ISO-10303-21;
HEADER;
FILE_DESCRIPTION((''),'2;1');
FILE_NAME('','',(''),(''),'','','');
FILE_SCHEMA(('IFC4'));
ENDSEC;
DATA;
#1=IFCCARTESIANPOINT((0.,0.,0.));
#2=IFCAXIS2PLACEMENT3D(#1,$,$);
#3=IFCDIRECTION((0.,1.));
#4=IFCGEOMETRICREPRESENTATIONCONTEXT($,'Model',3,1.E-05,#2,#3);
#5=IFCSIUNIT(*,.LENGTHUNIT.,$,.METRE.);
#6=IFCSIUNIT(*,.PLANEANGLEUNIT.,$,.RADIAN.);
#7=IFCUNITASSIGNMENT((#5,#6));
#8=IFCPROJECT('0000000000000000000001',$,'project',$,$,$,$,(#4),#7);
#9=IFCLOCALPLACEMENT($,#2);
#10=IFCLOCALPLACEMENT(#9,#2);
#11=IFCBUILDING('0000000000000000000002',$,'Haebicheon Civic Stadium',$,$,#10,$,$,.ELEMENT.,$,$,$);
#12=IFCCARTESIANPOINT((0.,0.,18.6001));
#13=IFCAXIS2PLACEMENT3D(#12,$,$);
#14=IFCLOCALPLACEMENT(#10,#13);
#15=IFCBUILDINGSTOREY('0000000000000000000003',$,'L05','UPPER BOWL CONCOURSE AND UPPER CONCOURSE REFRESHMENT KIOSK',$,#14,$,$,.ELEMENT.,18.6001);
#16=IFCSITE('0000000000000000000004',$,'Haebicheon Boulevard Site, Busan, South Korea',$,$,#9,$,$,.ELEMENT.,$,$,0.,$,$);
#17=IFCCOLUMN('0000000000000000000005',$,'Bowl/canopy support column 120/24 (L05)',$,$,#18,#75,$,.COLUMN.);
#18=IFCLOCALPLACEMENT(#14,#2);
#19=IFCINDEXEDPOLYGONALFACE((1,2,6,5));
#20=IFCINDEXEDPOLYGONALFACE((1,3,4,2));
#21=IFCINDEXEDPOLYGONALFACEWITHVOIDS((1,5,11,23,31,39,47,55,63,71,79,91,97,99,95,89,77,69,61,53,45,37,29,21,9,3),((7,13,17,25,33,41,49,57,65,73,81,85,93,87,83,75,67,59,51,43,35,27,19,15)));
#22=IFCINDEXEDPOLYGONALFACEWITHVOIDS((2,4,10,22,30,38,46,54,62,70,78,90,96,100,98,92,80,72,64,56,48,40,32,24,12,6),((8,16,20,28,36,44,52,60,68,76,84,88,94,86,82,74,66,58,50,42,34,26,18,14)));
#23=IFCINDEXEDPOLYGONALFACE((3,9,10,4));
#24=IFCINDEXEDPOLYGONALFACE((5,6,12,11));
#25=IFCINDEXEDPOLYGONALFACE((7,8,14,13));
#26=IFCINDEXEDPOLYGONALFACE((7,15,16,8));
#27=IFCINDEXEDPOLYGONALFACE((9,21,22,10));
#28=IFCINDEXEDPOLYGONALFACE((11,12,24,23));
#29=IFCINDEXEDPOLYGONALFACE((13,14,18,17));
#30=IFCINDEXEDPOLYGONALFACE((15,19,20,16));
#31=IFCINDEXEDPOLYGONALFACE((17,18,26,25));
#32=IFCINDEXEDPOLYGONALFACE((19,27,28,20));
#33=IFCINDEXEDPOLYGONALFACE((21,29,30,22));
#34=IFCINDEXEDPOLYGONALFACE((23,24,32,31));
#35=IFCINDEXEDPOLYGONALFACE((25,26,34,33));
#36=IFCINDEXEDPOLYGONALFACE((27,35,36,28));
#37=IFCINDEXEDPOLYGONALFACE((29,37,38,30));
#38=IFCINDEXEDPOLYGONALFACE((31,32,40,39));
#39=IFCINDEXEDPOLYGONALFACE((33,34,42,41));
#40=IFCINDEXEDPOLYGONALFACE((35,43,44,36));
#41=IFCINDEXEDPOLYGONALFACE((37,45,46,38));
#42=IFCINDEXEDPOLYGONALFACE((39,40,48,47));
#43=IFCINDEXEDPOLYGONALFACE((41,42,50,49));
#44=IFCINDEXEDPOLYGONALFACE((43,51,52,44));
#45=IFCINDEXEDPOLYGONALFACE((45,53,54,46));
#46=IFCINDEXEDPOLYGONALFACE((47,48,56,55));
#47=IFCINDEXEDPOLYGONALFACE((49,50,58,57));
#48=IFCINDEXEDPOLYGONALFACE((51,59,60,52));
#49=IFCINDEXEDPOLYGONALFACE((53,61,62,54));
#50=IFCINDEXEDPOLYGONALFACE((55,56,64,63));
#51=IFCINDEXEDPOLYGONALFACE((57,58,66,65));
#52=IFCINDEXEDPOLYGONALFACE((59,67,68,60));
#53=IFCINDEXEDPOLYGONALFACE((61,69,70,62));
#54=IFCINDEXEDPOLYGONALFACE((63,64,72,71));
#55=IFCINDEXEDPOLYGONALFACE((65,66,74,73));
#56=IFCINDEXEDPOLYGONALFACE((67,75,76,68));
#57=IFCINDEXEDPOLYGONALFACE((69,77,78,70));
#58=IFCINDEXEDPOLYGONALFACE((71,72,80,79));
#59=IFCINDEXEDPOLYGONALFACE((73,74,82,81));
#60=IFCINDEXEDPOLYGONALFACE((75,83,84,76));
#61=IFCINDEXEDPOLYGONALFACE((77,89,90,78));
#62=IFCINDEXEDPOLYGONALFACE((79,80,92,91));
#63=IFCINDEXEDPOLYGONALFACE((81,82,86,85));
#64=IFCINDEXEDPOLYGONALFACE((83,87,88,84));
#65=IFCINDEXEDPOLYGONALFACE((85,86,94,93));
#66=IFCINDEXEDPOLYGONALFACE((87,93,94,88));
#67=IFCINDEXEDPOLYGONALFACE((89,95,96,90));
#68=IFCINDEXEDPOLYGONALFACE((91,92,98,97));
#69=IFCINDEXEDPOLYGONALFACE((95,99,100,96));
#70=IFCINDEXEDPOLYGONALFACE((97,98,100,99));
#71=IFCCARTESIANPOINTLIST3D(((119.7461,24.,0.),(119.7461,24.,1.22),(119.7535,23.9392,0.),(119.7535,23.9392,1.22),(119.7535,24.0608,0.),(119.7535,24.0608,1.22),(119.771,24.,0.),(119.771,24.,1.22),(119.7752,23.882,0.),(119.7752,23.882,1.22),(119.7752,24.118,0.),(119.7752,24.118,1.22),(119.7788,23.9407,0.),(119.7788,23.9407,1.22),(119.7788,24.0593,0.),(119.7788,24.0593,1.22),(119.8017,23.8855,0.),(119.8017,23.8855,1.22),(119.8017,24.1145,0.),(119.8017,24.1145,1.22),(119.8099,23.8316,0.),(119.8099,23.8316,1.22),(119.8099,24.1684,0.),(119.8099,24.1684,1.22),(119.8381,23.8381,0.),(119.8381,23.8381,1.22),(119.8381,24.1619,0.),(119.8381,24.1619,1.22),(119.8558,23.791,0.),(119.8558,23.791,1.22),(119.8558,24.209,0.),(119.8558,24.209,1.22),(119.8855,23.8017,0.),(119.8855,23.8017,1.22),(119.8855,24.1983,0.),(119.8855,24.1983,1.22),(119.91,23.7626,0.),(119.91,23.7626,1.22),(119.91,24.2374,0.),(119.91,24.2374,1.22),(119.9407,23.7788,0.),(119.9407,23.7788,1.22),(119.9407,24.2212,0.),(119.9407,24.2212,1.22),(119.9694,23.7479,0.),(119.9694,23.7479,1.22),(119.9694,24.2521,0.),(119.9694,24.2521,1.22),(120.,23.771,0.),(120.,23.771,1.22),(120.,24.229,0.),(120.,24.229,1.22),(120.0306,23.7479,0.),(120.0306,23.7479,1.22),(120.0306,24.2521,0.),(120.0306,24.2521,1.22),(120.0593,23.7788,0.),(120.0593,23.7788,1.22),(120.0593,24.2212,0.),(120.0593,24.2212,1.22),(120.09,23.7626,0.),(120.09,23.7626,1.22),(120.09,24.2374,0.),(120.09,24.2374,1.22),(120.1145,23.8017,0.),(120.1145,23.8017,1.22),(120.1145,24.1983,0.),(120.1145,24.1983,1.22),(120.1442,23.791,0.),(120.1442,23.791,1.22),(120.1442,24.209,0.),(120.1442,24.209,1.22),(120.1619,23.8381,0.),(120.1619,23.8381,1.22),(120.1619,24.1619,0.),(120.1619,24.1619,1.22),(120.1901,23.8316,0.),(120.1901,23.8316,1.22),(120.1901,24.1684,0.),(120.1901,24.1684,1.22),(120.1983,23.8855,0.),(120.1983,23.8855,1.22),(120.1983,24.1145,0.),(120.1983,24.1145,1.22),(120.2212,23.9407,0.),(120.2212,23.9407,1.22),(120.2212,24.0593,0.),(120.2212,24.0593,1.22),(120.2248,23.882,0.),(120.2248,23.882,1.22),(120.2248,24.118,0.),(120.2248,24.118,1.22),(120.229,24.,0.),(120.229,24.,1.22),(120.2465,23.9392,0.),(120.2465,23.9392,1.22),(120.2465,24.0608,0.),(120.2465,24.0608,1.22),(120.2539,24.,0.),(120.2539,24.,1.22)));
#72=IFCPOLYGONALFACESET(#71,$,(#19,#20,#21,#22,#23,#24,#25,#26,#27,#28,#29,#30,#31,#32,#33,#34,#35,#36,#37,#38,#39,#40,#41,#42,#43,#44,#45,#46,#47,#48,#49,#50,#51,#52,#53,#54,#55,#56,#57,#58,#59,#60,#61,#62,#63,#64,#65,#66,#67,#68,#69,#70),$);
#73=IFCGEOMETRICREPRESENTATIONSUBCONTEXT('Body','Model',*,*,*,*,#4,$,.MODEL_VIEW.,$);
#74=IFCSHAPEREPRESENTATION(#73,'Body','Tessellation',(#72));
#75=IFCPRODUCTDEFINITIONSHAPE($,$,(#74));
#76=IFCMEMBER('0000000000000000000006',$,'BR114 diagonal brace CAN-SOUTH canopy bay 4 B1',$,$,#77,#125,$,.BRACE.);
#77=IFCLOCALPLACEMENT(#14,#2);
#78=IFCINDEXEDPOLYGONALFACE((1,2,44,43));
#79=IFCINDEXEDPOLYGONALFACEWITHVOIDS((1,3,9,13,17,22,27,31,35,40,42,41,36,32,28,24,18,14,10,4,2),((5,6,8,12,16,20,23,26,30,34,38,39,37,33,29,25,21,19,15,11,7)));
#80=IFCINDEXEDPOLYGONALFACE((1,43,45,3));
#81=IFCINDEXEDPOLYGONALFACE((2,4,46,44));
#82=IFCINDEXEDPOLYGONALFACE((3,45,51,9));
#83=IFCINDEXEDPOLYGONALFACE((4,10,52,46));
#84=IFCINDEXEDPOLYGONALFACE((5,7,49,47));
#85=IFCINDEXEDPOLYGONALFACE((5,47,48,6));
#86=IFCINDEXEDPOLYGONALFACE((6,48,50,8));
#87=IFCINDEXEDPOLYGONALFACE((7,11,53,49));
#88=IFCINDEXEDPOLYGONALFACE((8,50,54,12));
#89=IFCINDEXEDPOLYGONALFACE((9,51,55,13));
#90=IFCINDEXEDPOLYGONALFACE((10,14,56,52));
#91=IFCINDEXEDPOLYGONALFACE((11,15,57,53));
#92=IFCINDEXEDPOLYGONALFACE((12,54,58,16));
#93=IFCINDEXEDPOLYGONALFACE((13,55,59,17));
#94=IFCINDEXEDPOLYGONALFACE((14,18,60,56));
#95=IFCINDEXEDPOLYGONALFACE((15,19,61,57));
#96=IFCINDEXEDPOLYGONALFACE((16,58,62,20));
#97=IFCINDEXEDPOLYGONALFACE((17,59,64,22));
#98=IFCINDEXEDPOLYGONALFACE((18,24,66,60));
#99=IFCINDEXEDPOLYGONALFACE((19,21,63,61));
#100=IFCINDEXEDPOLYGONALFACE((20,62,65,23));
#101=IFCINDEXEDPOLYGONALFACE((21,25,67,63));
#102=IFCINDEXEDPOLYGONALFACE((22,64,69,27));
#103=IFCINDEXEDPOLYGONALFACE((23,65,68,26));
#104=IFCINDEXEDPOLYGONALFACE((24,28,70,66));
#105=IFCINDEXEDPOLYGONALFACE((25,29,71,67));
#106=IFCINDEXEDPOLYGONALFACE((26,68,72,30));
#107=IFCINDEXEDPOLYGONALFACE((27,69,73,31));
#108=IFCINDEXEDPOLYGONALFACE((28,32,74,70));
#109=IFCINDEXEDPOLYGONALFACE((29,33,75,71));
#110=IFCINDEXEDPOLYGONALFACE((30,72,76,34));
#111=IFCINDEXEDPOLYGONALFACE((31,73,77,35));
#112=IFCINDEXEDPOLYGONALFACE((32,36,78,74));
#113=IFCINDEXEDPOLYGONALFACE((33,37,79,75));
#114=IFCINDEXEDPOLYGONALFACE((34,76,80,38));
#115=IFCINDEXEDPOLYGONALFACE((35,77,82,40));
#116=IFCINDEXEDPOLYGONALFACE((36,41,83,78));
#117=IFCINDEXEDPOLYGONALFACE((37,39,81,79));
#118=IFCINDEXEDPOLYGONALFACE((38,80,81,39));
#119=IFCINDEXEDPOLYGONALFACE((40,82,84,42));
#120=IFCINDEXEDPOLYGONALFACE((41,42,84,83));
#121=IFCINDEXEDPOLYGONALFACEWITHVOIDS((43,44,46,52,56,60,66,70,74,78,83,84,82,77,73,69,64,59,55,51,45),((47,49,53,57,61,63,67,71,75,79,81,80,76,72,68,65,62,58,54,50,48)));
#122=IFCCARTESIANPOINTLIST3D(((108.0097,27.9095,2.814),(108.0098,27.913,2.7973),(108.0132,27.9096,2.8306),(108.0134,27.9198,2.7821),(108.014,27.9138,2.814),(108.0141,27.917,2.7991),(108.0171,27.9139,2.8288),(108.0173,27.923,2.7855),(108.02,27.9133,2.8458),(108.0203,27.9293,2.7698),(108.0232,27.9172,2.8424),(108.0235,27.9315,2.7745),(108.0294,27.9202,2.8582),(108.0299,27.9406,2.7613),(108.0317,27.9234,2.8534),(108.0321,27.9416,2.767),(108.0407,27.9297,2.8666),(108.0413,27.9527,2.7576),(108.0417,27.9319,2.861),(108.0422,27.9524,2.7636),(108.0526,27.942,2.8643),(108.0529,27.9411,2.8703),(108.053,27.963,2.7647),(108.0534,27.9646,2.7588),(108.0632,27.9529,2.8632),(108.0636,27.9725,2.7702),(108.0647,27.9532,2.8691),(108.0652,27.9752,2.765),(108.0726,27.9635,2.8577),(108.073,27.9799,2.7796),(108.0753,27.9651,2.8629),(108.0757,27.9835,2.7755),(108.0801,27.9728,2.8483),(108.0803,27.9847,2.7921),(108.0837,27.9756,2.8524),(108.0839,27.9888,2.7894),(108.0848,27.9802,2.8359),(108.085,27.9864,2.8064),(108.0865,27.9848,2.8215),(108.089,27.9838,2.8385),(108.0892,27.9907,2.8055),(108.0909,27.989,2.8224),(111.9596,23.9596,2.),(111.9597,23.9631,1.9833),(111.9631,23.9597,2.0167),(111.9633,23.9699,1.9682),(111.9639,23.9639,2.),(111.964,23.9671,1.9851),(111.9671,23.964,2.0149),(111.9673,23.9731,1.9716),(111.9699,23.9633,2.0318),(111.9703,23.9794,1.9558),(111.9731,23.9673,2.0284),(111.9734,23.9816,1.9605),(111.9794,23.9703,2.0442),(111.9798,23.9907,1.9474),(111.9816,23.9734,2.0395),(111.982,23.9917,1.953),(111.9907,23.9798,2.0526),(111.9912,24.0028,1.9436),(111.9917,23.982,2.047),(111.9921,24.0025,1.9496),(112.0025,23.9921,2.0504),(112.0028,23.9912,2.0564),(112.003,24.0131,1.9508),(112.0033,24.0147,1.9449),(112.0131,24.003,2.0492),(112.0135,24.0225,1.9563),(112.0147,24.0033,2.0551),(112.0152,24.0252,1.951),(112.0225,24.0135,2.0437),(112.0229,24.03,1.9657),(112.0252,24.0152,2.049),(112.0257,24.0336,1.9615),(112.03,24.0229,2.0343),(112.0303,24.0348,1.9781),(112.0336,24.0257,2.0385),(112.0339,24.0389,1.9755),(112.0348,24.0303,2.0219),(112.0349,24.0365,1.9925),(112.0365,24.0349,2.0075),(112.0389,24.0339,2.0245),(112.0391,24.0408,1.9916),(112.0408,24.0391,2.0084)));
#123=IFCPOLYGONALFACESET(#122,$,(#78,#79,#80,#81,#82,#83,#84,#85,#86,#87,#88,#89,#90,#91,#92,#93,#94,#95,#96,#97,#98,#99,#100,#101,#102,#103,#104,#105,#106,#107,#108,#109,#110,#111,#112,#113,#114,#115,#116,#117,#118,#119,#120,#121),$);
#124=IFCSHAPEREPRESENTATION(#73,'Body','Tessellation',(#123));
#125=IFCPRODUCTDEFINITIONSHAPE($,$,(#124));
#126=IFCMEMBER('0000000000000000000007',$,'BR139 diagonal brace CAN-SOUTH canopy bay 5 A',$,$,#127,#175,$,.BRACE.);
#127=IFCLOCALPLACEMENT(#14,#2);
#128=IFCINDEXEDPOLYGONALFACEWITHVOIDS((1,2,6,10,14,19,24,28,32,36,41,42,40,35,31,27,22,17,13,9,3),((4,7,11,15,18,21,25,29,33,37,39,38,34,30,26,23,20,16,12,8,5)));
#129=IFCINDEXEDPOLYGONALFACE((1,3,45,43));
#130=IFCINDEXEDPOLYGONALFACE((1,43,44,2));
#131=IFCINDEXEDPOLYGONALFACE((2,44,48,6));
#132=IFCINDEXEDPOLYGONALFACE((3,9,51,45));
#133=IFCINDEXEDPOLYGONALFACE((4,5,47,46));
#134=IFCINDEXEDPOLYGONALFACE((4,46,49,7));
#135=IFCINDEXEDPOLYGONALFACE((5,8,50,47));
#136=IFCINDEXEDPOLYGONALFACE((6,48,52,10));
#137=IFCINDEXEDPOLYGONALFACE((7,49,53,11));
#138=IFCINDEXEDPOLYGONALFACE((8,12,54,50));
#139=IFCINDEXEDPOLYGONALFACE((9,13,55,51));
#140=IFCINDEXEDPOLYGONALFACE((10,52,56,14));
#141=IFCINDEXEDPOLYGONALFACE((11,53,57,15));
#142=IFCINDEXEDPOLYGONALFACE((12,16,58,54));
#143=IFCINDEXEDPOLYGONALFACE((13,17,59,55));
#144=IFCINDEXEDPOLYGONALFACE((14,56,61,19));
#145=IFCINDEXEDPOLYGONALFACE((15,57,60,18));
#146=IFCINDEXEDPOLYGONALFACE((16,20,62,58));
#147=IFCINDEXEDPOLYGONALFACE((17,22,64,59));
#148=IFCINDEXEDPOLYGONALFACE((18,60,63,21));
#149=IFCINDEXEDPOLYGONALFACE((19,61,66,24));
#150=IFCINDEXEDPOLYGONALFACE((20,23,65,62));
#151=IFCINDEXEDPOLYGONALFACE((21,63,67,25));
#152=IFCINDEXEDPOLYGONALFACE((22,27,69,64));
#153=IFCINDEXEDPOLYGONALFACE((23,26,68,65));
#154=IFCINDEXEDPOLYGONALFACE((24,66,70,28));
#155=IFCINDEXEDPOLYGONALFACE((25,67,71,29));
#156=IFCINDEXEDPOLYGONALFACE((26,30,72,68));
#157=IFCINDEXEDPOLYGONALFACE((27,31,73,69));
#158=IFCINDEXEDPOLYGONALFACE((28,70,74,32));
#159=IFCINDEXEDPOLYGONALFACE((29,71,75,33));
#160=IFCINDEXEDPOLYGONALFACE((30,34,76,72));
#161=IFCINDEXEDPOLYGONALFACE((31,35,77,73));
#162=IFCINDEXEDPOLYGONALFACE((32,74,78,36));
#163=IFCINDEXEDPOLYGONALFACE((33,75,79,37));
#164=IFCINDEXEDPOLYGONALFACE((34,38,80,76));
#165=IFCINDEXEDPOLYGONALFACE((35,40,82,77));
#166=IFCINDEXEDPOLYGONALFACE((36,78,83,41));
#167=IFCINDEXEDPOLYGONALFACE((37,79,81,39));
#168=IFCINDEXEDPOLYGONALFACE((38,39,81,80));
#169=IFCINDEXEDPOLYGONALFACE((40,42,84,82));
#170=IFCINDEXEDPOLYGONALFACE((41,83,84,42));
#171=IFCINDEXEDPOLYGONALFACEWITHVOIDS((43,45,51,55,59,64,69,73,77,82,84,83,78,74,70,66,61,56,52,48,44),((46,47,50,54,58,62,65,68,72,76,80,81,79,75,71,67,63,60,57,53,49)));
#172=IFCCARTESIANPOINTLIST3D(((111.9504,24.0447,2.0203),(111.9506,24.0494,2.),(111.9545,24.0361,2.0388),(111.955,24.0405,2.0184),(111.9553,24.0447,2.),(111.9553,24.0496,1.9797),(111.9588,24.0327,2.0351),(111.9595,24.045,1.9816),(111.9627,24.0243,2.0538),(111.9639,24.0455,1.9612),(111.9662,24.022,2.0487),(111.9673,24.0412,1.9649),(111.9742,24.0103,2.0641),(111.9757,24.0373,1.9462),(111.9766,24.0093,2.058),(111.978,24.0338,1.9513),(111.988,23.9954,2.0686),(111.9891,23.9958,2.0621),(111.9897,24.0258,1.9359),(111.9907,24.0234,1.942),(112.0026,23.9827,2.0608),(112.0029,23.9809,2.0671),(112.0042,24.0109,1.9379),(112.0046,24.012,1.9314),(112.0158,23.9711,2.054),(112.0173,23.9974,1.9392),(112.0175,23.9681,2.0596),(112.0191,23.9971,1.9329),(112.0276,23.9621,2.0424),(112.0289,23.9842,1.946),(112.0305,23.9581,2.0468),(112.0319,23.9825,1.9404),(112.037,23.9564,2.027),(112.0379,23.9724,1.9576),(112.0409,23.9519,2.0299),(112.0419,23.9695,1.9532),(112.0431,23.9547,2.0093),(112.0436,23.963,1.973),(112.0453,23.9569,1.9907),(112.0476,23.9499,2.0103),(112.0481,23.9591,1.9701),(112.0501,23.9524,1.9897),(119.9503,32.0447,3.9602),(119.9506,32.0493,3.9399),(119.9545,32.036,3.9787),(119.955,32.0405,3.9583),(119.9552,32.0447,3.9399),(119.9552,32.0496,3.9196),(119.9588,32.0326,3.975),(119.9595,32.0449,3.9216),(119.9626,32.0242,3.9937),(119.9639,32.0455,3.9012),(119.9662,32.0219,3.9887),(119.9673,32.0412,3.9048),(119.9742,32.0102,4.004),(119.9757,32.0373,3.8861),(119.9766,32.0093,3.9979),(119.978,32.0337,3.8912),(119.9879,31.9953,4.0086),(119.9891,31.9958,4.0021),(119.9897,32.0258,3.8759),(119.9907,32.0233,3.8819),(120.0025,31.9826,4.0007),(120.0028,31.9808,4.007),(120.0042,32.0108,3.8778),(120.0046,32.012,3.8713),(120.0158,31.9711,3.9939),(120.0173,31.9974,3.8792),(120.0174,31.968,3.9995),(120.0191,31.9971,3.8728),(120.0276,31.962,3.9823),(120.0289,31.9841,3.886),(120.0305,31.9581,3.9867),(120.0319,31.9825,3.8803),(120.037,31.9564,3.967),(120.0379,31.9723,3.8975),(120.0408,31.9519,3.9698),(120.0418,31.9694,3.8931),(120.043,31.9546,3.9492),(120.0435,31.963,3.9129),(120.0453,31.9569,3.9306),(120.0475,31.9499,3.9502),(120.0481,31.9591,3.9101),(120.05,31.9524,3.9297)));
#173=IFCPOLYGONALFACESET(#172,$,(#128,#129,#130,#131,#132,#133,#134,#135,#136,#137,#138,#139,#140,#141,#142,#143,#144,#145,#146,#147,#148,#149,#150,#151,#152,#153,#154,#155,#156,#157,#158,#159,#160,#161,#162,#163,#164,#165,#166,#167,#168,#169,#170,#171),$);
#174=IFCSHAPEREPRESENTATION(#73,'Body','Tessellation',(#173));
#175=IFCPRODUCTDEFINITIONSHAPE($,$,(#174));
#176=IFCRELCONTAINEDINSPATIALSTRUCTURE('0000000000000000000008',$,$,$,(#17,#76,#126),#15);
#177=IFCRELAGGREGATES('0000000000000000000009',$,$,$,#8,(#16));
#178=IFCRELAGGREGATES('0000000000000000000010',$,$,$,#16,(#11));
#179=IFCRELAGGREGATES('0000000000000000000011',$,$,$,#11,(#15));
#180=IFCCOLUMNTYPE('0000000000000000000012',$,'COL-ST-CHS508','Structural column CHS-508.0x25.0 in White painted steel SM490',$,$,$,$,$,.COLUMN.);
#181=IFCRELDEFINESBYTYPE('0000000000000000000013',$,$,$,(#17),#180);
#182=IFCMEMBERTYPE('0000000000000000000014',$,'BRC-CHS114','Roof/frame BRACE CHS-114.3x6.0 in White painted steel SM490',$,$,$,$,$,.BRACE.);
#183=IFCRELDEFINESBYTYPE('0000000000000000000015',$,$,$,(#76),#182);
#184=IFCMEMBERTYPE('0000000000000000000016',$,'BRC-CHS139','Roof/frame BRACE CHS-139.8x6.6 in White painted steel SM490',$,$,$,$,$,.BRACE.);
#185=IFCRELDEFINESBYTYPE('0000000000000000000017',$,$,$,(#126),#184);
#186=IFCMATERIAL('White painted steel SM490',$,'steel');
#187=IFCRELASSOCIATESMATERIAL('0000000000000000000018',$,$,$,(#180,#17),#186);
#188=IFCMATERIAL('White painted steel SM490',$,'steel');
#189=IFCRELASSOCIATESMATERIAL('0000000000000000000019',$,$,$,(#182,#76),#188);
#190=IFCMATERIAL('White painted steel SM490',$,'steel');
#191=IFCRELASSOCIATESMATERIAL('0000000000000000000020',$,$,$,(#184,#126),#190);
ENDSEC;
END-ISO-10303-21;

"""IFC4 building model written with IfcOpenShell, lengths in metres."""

from ifc_helpers import new_model, si_unit, direction, frame, origin, origin_2d, place, context, subcontext, project, spatial, hollow_circle, extrude, material, material_profile, profile_set, type_object, element, save


model = new_model("IFC4")

# Units and contexts
model_context = context("Model", 3, precision=1e-05, world=origin(), true_north=direction((0.0, 1.0)))
body_context = subcontext(model_context, "Body", "Model", "MODEL_VIEW")
ifc_project = project(units=[si_unit("LENGTHUNIT", "METRE"), si_unit("PLANEANGLEUNIT", "RADIAN")], contexts=[model_context])

# Site, building, storey
site_placement = place(None, origin())
site = spatial("IfcSite", under=ifc_project, at=site_placement, Name="Haebicheon Boulevard Site, Busan, South Korea", CompositionType="ELEMENT", RefElevation=0.0)
building_placement = place(site_placement, origin())
building = spatial("IfcBuilding", under=site, at=building_placement, Name="Haebicheon Civic Stadium", CompositionType="ELEMENT")
storey_placement = place(building_placement, frame((0.0, 0.0, 18.6001)))
storey = spatial("IfcBuildingStorey", under=building, at=storey_placement, Name="L05", Description="UPPER BOWL CONCOURSE AND UPPER CONCOURSE REFRESHMENT KIOSK", CompositionType="ELEMENT", Elevation=18.6001)

# Column
ifc_material_1 = material(Name="White painted steel SM490", Category="steel")
ifc_material_profile_1 = material_profile(ifc_material_1, hollow_circle(Radius=0.2539, WallThickness=0.0249, at=origin_2d()), Name="CHS-508.0x25.0")
ifc_profile_set_1 = profile_set([ifc_material_profile_1], Name="White painted steel SM490")
column_type = type_object("IfcColumnType", Name="COL-ST-CHS508", Description="Structural column CHS-508.0x25.0 in White painted steel SM490", PredefinedType="COLUMN", material=ifc_profile_set_1)
column_placement = place(storey_placement, frame((120.0, 24.0, 0.0), z_axis=(0.0, 0.0, 1.0), x_axis=(1.0, 0.0, 0.0)))
element("IfcColumn", 1, at=column_placement, inside=storey, type_object=column_type, material=ifc_profile_set_1, Name="Bowl/canopy support column 120/24 (L05)", PredefinedType="COLUMN", context=body_context, shape_type="SweptSolid", body=[
    extrude(hollow_circle(Radius=0.2539, WallThickness=0.0249, at=origin_2d()), origin(), (0.0, 0.0, 1.0), 1.22),
])

# Members
ifc_material_2 = material(Name="White painted steel SM490", Category="steel")
ifc_material_profile_2 = material_profile(ifc_material_2, hollow_circle(Radius=0.0571, WallThickness=0.0061, at=origin_2d()), Name="CHS-114.3x6.0")
ifc_profile_set_2 = profile_set([ifc_material_profile_2], Name="White painted steel SM490")
member_type_1 = type_object("IfcMemberType", Name="BRC-CHS114", Description="Roof/frame BRACE CHS-114.3x6.0 in White painted steel SM490", PredefinedType="BRACE", material=ifc_profile_set_2)
member_1_placement = place(storey_placement, frame((112.0, 24.0, 2.0), z_axis=(-0.699717, 0.699717, 0.14419), x_axis=(-0.707107, -0.707107, 0.0)))
element("IfcMember", 2, at=member_1_placement, inside=storey, type_object=member_type_1, material=ifc_profile_set_2, Name="BR114 diagonal brace CAN-SOUTH canopy bay 4 B1", PredefinedType="BRACE", context=body_context, shape_type="SweptSolid", body=[
    extrude(hollow_circle(Radius=0.0571, WallThickness=0.0061, at=origin_2d()), origin(), (0.0, 0.0, 1.0), 5.645),
])
ifc_material_3 = material(Name="White painted steel SM490", Category="steel")
ifc_material_profile_3 = material_profile(ifc_material_3, hollow_circle(Radius=0.0698, WallThickness=0.0066, at=origin_2d()), Name="CHS-139.8x6.6")
ifc_profile_set_3 = profile_set([ifc_material_profile_3], Name="White painted steel SM490")
member_type_2 = type_object("IfcMemberType", Name="BRC-CHS139", Description="Roof/frame BRACE CHS-139.8x6.6 in White painted steel SM490", PredefinedType="BRACE", material=ifc_profile_set_3)
member_2_placement = place(storey_placement, frame((112.0, 24.0, 2.0), z_axis=(0.696936, 0.696936, 0.169002), x_axis=(-0.707107, 0.707107, 0.0)))
element("IfcMember", 3, at=member_2_placement, inside=storey, type_object=member_type_2, material=ifc_profile_set_3, Name="BR139 diagonal brace CAN-SOUTH canopy bay 5 A", PredefinedType="BRACE", context=body_context, shape_type="SweptSolid", body=[
    extrude(hollow_circle(Radius=0.0698, WallThickness=0.0066, at=origin_2d()), origin(), (0.0, 0.0, 1.0), 11.4788),
])

save(model, "model.ifc")
